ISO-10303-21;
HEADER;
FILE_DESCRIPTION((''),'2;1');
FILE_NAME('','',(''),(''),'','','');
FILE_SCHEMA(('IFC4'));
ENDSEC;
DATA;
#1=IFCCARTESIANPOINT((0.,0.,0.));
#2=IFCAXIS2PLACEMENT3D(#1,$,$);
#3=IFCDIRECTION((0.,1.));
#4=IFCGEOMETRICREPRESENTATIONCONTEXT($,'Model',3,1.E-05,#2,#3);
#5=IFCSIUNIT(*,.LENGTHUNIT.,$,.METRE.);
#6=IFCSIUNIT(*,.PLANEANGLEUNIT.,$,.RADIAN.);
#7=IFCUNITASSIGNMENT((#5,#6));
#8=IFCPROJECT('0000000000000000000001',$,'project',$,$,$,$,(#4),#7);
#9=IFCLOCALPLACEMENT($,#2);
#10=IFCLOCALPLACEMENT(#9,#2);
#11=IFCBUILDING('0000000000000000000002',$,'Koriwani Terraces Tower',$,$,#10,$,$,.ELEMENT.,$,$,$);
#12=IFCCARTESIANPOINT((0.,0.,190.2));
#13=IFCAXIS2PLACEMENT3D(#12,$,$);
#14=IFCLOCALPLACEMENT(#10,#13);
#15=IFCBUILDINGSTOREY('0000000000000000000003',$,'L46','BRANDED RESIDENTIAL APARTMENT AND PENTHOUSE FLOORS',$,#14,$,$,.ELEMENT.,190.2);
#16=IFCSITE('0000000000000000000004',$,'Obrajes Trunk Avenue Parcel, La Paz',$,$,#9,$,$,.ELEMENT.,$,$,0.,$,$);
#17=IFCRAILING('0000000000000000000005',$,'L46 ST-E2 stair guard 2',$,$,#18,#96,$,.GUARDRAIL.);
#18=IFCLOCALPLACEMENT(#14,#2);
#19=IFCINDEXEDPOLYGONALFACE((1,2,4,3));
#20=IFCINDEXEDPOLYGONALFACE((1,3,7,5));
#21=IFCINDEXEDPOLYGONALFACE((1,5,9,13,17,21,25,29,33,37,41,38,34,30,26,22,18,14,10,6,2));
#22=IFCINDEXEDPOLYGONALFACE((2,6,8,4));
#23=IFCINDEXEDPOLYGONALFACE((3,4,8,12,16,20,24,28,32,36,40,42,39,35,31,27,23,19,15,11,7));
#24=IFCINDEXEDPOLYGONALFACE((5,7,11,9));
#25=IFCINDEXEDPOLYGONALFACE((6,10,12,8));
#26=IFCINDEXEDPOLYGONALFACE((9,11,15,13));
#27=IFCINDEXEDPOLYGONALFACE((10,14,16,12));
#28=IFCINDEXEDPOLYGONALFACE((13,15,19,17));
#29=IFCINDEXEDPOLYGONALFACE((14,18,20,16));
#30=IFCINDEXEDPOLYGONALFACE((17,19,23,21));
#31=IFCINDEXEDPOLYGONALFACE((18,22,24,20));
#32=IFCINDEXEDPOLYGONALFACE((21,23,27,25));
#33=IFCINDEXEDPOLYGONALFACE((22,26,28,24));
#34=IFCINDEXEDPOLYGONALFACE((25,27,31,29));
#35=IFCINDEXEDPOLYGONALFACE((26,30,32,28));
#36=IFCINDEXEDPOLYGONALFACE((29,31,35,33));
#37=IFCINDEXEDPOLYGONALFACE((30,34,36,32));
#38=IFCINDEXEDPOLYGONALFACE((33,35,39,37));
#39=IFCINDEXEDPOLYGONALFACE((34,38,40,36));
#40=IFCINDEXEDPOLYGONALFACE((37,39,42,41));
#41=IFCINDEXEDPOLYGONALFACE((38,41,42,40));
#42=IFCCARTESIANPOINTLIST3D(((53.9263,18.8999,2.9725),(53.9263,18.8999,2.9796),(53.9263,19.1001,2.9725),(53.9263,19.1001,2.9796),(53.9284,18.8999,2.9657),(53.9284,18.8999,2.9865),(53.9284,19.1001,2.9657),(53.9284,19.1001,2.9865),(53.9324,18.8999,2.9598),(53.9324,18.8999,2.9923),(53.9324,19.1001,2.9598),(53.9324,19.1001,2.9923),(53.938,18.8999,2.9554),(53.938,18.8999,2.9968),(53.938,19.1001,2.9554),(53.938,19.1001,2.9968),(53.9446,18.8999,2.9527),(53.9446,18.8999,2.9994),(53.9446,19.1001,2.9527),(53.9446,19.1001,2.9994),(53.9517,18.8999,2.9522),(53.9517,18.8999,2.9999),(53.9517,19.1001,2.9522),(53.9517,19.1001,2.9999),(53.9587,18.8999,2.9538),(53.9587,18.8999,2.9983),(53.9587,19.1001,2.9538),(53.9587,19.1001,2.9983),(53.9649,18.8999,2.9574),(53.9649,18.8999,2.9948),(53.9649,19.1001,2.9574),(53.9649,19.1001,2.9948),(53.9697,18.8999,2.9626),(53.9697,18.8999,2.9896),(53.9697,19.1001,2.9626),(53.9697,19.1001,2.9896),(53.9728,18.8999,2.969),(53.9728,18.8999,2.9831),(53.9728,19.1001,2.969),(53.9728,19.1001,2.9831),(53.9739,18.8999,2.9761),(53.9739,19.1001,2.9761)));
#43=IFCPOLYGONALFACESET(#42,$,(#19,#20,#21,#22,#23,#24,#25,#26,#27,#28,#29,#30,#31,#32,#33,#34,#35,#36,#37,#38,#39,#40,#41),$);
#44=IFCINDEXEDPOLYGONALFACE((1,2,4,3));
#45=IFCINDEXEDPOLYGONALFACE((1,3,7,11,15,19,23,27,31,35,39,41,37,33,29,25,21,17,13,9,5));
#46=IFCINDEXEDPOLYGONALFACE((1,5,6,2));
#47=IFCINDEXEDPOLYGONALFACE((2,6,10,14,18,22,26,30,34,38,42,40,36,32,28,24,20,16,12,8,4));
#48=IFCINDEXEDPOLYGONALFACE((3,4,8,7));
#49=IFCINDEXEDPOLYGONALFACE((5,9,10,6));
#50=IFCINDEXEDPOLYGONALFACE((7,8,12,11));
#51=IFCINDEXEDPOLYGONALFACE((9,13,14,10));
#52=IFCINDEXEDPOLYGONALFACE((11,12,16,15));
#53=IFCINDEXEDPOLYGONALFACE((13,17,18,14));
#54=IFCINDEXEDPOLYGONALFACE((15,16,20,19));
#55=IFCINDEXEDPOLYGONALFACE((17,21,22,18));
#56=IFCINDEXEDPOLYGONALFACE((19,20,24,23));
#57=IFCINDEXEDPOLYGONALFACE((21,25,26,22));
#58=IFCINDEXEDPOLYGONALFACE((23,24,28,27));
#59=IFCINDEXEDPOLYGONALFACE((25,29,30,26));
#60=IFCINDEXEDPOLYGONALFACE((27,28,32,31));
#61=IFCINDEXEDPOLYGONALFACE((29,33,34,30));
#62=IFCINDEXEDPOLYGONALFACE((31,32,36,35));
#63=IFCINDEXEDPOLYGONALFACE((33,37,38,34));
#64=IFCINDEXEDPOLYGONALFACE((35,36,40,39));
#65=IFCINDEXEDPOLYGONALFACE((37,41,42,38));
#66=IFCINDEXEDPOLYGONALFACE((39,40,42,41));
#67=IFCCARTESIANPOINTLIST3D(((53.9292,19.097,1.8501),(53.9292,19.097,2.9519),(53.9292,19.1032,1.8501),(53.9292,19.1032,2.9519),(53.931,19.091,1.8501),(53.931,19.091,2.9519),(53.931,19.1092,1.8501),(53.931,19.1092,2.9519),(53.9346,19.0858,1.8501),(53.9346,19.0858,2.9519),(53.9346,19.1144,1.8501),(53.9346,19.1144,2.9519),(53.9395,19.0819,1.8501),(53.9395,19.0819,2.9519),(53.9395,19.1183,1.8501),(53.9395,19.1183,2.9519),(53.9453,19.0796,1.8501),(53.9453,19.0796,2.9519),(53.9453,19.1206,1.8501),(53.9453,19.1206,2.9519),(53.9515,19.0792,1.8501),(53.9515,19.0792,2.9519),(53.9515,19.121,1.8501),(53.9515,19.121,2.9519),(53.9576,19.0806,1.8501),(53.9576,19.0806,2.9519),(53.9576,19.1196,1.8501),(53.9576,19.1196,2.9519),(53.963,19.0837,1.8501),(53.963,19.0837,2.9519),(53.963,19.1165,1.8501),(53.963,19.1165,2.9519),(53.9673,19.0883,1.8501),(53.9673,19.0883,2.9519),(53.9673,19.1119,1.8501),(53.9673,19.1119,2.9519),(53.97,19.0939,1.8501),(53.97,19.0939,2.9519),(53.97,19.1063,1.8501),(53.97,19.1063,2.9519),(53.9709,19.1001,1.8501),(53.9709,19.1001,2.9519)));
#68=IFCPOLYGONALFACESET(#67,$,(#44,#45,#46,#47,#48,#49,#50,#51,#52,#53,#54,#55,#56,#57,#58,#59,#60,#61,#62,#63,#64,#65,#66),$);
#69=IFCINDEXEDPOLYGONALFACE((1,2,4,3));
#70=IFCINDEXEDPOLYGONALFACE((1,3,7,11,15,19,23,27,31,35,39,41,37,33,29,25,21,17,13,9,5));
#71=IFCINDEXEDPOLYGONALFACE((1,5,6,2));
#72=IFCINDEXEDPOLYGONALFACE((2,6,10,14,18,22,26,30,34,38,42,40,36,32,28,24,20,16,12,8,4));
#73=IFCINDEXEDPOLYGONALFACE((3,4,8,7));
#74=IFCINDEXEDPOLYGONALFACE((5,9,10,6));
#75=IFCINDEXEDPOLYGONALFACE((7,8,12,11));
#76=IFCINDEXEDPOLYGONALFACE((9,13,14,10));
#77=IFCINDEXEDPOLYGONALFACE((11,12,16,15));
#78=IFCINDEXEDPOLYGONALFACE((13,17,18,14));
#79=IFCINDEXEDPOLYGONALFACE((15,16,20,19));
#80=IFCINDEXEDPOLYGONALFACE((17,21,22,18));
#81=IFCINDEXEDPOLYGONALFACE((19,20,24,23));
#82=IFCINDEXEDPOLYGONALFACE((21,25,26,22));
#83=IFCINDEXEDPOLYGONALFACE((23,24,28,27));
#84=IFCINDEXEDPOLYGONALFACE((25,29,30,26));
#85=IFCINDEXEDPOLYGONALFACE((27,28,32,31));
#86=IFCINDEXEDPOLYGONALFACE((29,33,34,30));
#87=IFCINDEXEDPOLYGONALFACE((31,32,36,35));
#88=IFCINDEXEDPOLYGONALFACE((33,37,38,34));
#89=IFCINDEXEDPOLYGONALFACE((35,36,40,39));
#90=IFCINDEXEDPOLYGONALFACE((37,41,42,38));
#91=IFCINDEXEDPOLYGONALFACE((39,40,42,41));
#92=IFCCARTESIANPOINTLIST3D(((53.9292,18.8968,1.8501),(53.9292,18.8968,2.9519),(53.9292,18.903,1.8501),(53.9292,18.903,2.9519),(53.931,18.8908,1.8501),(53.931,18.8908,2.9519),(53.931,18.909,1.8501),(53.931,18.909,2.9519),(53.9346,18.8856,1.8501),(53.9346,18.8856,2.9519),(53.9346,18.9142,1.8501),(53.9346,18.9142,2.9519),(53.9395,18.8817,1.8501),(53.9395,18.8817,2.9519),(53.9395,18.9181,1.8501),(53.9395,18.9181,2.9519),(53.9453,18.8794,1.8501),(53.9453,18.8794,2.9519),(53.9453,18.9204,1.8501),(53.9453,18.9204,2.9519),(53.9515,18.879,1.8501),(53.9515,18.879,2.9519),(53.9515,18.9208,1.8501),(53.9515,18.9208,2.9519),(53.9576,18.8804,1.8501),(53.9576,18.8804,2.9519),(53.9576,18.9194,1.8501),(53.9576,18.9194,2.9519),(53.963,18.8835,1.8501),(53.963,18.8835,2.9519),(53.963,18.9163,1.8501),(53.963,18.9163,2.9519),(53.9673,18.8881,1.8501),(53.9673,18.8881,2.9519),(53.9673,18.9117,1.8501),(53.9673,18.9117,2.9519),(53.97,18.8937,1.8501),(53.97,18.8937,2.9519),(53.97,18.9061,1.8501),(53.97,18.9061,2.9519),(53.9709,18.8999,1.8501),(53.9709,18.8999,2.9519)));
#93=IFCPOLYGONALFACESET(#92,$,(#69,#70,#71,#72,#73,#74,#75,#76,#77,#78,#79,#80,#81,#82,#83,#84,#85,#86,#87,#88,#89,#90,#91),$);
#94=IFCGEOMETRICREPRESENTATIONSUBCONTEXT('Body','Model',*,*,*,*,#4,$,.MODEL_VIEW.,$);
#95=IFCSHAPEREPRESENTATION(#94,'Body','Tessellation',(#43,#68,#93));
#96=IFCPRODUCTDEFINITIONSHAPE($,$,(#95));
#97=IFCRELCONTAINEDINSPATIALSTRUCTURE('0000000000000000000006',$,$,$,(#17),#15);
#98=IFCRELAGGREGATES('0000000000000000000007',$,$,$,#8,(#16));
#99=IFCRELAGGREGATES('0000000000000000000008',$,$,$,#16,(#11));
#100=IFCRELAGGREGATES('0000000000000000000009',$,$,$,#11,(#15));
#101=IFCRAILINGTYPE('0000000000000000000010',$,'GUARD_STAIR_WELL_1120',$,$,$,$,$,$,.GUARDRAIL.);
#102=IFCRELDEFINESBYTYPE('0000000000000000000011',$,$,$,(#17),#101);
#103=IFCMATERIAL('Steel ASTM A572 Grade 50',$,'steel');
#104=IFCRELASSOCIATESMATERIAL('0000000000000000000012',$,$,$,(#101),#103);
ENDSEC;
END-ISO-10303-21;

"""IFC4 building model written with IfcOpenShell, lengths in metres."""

from ifc_helpers import new_model, si_unit, direction, frame, origin, origin_2d, place, context, subcontext, project, spatial, circle, extrude, material, type_object, element, save


model = new_model("IFC4")

# Units and contexts
model_context = context("Model", 3, precision=1e-05, world=origin(), true_north=direction((0.0, 1.0)))
body_context = subcontext(model_context, "Body", "Model", "MODEL_VIEW")
ifc_project = project(units=[si_unit("LENGTHUNIT", "METRE"), si_unit("PLANEANGLEUNIT", "RADIAN")], contexts=[model_context])

# Site, building, storey
site_placement = place(None, origin())
site = spatial("IfcSite", under=ifc_project, at=site_placement, Name="Obrajes Trunk Avenue Parcel, La Paz", CompositionType="ELEMENT", RefElevation=0.0)
building_placement = place(site_placement, origin())
building = spatial("IfcBuilding", under=site, at=building_placement, Name="Koriwani Terraces Tower", CompositionType="ELEMENT")
storey_placement = place(building_placement, frame((0.0, 0.0, 190.2)))
storey = spatial("IfcBuildingStorey", under=building, at=storey_placement, Name="L46", Description="BRANDED RESIDENTIAL APARTMENT AND PENTHOUSE FLOORS", CompositionType="ELEMENT", Elevation=190.2)

# Shared definitions
ifc_material_1 = material(Name="Steel ASTM A572 Grade 50", Category="steel")

# Railing
railing_type_1 = type_object("IfcRailingType", Name="GUARD_STAIR_WELL_1120", PredefinedType="GUARDRAIL", material=ifc_material_1)
railing_1_placement = place(storey_placement, frame((53.95, 19.1001, 1.8501)))
element("IfcRailing", 1, at=railing_1_placement, inside=storey, type_object=railing_type_1, Name="L46 ST-E2 stair guard 2", PredefinedType="GUARDRAIL", context=body_context, shape_type="SweptSolid", body=[
    extrude(circle(Radius=0.0239, at=origin_2d()), frame((0.0, 0.0, 1.126), z_axis=(0.0, -1.0, 0.0), x_axis=(1.0, 0.0, 0.0)), (0.0, 0.0, 1.0), 0.2002),
    extrude(circle(Radius=0.021, at=origin_2d()), origin(), (0.0, 0.0, 1.0), 1.1018),
    extrude(circle(Radius=0.021, at=origin_2d()), frame((0.0, -0.2002, 0.0)), (0.0, 0.0, 1.0), 1.1018),
])

save(model, "model.ifc")
